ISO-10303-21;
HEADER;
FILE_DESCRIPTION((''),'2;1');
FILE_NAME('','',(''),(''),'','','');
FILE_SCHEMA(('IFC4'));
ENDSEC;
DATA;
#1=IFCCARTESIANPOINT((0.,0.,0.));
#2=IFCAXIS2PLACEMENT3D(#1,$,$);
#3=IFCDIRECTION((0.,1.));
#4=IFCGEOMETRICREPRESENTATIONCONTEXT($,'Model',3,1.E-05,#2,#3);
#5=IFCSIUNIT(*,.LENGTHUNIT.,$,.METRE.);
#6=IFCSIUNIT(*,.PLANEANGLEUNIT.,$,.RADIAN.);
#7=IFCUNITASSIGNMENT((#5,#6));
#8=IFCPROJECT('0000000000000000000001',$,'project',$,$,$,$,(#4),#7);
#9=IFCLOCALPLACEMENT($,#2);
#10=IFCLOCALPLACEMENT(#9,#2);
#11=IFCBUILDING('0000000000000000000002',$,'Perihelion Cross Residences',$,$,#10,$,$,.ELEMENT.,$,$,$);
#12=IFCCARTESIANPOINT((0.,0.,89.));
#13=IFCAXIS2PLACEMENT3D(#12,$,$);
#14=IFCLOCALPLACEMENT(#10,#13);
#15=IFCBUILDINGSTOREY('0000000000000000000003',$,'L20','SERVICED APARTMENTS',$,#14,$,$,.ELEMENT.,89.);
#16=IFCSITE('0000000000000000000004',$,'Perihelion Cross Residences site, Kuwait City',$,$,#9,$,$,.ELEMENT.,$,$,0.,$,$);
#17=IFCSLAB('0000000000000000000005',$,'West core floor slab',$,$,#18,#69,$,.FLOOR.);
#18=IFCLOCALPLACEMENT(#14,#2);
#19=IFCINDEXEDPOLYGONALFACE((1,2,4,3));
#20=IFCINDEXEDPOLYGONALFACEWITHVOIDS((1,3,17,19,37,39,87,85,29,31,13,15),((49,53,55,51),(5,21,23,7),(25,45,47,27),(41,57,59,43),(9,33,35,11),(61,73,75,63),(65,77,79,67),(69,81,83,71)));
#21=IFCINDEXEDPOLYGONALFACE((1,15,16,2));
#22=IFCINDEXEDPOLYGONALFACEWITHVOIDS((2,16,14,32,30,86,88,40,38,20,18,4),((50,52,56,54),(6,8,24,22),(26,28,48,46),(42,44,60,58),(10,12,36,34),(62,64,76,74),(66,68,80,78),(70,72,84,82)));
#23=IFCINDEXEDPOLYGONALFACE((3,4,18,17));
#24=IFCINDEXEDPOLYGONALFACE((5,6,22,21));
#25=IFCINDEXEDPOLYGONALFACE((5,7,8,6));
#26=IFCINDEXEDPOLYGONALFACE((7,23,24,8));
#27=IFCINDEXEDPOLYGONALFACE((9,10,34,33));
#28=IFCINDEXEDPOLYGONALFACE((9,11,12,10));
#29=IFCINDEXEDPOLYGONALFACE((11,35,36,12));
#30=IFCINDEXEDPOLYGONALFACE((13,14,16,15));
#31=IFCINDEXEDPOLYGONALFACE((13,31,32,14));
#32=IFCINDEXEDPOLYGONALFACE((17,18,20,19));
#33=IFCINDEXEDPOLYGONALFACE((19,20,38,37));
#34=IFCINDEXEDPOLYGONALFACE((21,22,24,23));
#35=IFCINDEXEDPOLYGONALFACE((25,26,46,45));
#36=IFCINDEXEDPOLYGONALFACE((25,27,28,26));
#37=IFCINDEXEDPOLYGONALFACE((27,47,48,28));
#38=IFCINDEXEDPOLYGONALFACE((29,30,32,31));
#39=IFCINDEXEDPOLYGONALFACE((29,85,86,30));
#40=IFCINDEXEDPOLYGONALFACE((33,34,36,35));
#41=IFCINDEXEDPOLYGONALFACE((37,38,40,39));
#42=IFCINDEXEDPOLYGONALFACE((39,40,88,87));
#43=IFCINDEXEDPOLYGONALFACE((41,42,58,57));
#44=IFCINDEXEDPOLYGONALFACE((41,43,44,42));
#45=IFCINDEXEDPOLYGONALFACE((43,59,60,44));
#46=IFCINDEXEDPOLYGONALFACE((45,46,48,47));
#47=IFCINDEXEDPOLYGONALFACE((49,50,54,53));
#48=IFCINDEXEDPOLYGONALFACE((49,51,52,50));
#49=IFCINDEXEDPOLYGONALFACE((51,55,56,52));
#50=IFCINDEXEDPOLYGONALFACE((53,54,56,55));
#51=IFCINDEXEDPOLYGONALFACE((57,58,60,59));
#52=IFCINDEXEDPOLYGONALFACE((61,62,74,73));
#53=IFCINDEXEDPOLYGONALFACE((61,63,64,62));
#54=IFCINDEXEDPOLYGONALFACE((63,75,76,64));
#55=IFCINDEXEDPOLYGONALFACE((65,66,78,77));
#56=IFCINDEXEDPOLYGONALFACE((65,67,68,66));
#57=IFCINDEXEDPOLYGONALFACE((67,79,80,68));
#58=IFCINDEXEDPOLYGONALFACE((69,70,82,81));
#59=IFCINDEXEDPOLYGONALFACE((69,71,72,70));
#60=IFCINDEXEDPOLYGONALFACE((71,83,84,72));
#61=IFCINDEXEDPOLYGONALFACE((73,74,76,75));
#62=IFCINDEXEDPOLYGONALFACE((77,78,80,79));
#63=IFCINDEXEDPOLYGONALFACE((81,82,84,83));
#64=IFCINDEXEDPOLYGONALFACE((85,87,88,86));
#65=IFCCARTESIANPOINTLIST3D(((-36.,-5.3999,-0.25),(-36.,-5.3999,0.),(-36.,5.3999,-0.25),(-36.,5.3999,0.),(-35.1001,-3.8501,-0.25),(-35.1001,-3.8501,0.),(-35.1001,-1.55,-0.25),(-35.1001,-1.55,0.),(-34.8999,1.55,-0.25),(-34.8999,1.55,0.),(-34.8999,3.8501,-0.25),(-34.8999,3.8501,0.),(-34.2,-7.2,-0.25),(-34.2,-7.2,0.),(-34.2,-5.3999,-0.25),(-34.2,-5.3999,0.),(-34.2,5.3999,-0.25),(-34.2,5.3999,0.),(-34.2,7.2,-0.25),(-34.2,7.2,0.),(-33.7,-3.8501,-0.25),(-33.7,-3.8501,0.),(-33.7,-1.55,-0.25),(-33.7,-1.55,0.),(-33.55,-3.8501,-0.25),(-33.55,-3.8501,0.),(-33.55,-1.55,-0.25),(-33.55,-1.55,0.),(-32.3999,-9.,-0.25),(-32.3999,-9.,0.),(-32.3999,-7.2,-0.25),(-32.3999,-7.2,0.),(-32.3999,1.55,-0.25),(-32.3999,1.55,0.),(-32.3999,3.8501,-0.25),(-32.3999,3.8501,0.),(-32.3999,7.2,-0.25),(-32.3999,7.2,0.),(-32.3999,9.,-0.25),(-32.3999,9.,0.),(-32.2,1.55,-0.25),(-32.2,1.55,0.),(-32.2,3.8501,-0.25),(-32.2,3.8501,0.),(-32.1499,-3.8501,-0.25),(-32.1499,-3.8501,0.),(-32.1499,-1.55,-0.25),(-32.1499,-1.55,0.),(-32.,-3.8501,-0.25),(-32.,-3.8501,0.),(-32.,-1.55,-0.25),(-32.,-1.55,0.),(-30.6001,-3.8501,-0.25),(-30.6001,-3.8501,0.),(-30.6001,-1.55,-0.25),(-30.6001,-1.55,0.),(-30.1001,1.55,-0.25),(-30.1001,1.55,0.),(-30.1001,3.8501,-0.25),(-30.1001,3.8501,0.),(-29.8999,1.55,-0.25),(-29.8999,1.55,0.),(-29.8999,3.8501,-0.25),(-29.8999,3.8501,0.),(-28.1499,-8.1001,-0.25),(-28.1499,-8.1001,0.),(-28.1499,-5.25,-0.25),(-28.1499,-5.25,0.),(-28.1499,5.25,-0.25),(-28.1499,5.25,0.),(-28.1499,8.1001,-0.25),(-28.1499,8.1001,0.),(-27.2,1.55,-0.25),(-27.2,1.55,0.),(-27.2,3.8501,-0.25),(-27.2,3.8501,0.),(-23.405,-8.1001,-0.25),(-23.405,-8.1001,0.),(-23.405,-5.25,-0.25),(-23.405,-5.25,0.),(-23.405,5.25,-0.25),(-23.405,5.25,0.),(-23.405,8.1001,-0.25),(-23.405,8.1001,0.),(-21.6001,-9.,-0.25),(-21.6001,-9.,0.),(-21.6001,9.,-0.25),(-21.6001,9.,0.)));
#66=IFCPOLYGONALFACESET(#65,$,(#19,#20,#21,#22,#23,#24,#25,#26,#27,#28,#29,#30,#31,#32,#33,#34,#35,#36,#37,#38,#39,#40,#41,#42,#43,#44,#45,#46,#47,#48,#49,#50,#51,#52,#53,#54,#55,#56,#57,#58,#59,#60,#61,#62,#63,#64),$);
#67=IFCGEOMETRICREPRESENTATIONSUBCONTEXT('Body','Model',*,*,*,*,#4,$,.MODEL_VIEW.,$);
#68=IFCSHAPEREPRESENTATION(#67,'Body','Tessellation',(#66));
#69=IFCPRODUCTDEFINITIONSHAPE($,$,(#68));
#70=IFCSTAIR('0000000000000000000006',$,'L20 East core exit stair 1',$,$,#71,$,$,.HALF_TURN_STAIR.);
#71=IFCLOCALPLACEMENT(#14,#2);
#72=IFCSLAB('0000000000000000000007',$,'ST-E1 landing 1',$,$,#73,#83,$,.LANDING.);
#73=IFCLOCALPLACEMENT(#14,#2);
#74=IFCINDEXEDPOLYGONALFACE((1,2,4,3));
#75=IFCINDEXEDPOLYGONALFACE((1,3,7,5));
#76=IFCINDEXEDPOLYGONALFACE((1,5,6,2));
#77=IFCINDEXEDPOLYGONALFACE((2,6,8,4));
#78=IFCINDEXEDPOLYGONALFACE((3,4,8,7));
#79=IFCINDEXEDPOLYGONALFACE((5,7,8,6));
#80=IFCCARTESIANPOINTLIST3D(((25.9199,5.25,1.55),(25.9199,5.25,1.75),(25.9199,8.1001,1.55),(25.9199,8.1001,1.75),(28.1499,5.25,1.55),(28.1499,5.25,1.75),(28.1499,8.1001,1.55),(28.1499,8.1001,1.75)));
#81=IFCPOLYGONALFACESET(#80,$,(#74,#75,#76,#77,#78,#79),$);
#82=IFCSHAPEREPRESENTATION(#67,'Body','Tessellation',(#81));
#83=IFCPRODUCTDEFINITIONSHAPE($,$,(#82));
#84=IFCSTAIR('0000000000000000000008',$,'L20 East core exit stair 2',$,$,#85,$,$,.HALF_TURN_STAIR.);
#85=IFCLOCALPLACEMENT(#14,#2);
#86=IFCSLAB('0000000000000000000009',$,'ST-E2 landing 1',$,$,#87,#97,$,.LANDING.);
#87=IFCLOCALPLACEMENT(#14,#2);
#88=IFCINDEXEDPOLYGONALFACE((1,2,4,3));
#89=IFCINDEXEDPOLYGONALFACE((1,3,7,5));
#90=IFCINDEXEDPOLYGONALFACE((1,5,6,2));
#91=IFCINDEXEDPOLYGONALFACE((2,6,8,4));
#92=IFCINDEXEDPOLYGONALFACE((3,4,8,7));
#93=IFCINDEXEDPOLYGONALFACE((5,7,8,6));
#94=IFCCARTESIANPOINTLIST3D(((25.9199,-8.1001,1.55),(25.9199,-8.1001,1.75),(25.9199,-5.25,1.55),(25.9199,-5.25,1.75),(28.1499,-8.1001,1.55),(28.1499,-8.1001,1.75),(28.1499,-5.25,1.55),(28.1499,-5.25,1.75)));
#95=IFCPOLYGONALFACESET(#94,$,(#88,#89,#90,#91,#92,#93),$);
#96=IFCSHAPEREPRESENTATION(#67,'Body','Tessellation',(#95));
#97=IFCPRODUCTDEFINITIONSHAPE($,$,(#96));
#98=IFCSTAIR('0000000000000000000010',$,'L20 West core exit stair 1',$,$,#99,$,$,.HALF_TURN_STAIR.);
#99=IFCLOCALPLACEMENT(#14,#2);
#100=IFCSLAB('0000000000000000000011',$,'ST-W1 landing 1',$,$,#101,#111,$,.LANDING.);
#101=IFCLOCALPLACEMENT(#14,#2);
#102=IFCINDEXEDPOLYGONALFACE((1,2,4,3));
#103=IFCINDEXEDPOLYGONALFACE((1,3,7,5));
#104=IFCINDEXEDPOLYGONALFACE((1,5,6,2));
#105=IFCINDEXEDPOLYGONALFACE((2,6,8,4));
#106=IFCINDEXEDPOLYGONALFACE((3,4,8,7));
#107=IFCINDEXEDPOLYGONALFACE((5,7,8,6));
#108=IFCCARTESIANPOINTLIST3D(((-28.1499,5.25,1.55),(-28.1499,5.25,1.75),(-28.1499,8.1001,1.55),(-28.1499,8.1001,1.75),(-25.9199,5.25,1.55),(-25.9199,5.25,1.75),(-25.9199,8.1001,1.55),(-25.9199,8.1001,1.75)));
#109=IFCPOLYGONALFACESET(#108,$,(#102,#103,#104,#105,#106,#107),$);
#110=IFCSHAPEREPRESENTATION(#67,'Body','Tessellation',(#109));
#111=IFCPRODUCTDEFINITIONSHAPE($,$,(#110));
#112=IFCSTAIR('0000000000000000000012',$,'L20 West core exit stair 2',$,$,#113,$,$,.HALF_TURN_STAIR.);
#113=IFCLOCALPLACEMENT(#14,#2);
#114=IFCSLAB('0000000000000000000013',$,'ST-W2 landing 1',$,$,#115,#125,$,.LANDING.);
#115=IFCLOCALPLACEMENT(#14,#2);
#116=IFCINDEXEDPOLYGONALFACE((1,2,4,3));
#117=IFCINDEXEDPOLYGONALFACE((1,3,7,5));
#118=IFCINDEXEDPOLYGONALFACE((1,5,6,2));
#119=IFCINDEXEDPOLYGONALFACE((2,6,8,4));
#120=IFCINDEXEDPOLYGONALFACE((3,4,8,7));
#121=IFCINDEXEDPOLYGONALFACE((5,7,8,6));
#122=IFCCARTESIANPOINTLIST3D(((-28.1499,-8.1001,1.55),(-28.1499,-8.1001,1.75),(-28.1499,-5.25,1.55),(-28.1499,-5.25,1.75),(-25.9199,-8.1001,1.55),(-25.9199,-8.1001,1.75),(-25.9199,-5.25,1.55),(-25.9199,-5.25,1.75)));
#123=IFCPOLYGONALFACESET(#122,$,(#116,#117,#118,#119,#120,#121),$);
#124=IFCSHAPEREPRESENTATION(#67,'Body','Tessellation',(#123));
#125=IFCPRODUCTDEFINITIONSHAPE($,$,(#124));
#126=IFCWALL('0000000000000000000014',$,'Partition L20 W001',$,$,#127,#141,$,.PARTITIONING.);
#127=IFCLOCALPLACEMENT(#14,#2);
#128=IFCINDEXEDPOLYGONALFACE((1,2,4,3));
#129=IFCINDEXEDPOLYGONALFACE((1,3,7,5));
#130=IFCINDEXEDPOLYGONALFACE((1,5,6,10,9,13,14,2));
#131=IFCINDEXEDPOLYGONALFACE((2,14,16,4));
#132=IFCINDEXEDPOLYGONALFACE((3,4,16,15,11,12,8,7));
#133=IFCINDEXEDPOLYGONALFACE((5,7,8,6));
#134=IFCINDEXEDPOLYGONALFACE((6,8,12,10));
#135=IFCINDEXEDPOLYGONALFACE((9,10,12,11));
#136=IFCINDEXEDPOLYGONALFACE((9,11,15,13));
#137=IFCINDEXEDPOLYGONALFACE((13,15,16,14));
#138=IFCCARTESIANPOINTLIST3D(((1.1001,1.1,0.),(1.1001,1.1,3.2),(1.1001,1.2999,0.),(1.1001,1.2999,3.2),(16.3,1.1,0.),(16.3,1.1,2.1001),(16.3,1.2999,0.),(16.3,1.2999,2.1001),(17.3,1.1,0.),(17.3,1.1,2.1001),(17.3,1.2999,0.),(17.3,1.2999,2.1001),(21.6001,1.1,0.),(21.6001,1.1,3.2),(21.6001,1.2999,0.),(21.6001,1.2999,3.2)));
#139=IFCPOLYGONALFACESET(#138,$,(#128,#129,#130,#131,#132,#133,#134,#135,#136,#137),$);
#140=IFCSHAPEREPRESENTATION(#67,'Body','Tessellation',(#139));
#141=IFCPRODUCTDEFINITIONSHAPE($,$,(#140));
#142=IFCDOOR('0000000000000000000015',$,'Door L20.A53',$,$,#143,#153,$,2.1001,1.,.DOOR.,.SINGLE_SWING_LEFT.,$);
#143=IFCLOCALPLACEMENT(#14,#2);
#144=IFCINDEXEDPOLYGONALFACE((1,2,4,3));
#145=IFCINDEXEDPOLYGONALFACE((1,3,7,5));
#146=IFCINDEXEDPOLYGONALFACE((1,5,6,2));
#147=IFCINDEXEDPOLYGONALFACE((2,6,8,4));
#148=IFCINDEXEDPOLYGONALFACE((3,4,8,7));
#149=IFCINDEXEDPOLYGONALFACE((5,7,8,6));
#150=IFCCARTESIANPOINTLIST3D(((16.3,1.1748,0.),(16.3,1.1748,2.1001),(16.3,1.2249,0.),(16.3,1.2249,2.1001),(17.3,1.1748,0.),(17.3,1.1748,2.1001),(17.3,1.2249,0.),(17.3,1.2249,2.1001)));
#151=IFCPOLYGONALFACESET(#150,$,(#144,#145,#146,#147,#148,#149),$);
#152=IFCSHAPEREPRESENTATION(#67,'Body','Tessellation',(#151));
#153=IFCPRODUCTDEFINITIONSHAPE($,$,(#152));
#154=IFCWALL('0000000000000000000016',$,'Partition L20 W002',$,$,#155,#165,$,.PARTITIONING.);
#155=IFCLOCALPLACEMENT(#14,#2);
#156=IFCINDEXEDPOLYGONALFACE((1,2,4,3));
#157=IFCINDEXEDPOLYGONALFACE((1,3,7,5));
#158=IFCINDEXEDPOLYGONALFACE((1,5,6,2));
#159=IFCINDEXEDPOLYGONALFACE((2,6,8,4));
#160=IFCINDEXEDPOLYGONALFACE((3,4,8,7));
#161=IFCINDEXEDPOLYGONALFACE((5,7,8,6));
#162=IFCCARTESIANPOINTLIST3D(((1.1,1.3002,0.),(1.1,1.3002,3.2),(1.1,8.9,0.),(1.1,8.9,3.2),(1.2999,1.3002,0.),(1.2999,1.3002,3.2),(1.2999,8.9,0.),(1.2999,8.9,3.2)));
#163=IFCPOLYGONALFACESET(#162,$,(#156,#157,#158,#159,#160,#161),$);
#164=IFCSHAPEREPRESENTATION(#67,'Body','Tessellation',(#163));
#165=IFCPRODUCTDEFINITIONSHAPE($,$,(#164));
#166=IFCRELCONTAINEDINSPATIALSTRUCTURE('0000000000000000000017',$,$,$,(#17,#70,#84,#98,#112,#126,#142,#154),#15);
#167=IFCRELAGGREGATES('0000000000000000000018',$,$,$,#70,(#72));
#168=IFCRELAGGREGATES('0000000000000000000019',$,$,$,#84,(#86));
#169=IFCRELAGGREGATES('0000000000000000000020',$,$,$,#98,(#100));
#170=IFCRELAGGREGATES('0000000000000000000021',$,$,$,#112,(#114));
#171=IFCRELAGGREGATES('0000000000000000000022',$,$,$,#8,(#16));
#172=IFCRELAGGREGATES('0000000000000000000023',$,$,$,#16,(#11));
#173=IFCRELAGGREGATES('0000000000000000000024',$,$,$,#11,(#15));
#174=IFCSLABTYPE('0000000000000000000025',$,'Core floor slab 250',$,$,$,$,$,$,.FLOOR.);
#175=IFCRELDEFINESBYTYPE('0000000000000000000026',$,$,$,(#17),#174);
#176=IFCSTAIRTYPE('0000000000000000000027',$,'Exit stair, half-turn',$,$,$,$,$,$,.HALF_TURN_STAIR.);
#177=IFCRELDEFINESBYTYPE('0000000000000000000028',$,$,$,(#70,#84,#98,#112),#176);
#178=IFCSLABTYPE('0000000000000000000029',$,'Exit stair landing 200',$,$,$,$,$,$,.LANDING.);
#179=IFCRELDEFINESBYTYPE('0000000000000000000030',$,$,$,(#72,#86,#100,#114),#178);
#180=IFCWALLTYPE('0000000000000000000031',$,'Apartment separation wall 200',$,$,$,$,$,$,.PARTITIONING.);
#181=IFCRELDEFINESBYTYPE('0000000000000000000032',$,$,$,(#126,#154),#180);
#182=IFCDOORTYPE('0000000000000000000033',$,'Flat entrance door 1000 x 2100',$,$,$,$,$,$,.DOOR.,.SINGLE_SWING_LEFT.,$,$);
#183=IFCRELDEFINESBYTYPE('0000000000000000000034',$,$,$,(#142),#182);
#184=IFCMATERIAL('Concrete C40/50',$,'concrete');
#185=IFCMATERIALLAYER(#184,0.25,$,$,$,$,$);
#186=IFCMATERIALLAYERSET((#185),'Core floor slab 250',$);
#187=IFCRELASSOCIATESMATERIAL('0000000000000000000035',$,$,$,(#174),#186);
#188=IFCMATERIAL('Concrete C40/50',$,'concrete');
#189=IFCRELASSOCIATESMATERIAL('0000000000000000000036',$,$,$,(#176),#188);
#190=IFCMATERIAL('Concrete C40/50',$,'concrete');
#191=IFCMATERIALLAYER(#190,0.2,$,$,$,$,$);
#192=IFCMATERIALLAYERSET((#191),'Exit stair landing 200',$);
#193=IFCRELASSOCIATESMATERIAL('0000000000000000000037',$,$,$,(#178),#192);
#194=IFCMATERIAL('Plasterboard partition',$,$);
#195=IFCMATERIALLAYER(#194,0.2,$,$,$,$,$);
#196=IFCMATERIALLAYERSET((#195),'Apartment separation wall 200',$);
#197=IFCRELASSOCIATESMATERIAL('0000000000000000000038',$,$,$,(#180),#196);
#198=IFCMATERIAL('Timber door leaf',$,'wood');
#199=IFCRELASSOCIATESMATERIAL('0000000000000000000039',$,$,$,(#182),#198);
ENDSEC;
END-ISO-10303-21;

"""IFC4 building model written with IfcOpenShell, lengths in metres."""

from ifc_helpers import new_model, si_unit, direction, frame, frame_2d, origin, place, context, subcontext, project, spatial, polyline, rectangle, outline, extrude, material, layer, layer_set, type_object, element, fill, aggregate, save


model = new_model("IFC4")

# Units and contexts
model_context = context("Model", 3, precision=1e-05, world=origin(), true_north=direction((0.0, 1.0)))
body_context = subcontext(model_context, "Body", "Model", "MODEL_VIEW")
ifc_project = project(units=[si_unit("LENGTHUNIT", "METRE"), si_unit("PLANEANGLEUNIT", "RADIAN")], contexts=[model_context])

# Site, building, storey
site_placement = place(None, origin())
site = spatial("IfcSite", under=ifc_project, at=site_placement, Name="Perihelion Cross Residences site, Kuwait City", CompositionType="ELEMENT", RefElevation=0.0)
building_placement = place(site_placement, origin())
building = spatial("IfcBuilding", under=site, at=building_placement, Name="Perihelion Cross Residences", CompositionType="ELEMENT")
storey_placement = place(building_placement, frame((0.0, 0.0, 89.0)))
storey = spatial("IfcBuildingStorey", under=building, at=storey_placement, Name="L20", Description="SERVICED APARTMENTS", CompositionType="ELEMENT", Elevation=89.0)

# Slab
ifc_material_1 = material(Name="Concrete C40/50", Category="concrete")
ifc_layer_1 = layer(ifc_material_1, 0.25)
ifc_layer_set_1 = layer_set([ifc_layer_1], Name="Core floor slab 250")
slab_type_1 = type_object("IfcSlabType", Name="Core floor slab 250", PredefinedType="FLOOR", material=ifc_layer_set_1)
slab_1_placement = place(storey_placement, frame((0.0, 0.0, -0.25)))
element("IfcSlab", 1, at=slab_1_placement, inside=storey, type_object=slab_type_1, Name="West core floor slab", PredefinedType="FLOOR", context=body_context, shape_type="SweptSolid", body=[
    extrude(outline(polyline([(-32.3999, 7.2), (-34.2, 7.2), (-34.2, 5.3999), (-36.0, 5.3999), (-36.0, -5.3999), (-34.2, -5.3999), (-34.2, -7.2), (-32.3999, -7.2), (-32.3999, -9.0), (-21.6001, -9.0), (-21.6001, 9.0), (-32.3999, 9.0), (-32.3999, 7.2)]), holes=[polyline([(-23.405, -8.1001), (-28.1499, -8.1001), (-28.1499, -5.25), (-23.405, -5.25), (-23.405, -8.1001)]), polyline([(-30.6001, -1.55), (-30.6001, -3.8501), (-32.0, -3.8501), (-32.0, -1.55), (-30.6001, -1.55)]), polyline([(-32.1499, -1.55), (-32.1499, -3.8501), (-33.55, -3.8501), (-33.55, -1.55), (-32.1499, -1.55)]), polyline([(-33.7, -1.55), (-33.7, -3.8501), (-35.1001, -3.8501), (-35.1001, -1.55), (-33.7, -1.55)]), polyline([(-27.2, 3.8501), (-27.2, 1.55), (-29.8999, 1.55), (-29.8999, 3.8501), (-27.2, 3.8501)]), polyline([(-30.1001, 3.8501), (-30.1001, 1.55), (-32.2, 1.55), (-32.2, 3.8501), (-30.1001, 3.8501)]), polyline([(-32.3999, 3.8501), (-32.3999, 1.55), (-34.8999, 1.55), (-34.8999, 3.8501), (-32.3999, 3.8501)]), polyline([(-23.405, 5.25), (-28.1499, 5.25), (-28.1499, 8.1001), (-23.405, 8.1001), (-23.405, 5.25)])]), origin(), (0.0, 0.0, 1.0), 0.25),
])

# Stairs, slabs
ifc_material_2 = material(Name="Concrete C40/50", Category="concrete")
stair_type = type_object("IfcStairType", Name="Exit stair, half-turn", PredefinedType="HALF_TURN_STAIR", material=ifc_material_2)
stair_1_placement = place(storey_placement, origin())
stair_1 = element("IfcStair", 2, at=stair_1_placement, inside=storey, type_object=stair_type, Name="L20 East core exit stair 1", PredefinedType="HALF_TURN_STAIR")
ifc_material_3 = material(Name="Concrete C40/50", Category="concrete")
ifc_layer_2 = layer(ifc_material_3, 0.2)
ifc_layer_set_2 = layer_set([ifc_layer_2], Name="Exit stair landing 200")
slab_type_2 = type_object("IfcSlabType", Name="Exit stair landing 200", PredefinedType="LANDING", material=ifc_layer_set_2)
slab_2_placement = place(storey_placement, frame((0.0, 0.0, 1.55)))
slab_2 = element("IfcSlab", 3, at=slab_2_placement, type_object=slab_type_2, Name="ST-E1 landing 1", PredefinedType="LANDING", context=body_context, shape_type="SweptSolid", body=[
    extrude(outline(polyline([(25.9199, 5.25), (28.1499, 5.25), (28.1499, 8.1001), (25.9199, 8.1001), (25.9199, 5.25)])), origin(), (0.0, 0.0, 1.0), 0.2),
])
aggregate(stair_1, [slab_2])
stair_2_placement = place(storey_placement, origin())
stair_2 = element("IfcStair", 4, at=stair_2_placement, inside=storey, type_object=stair_type, Name="L20 East core exit stair 2", PredefinedType="HALF_TURN_STAIR")
slab_3_placement = place(storey_placement, frame((0.0, 0.0, 1.55)))
slab_3 = element("IfcSlab", 5, at=slab_3_placement, type_object=slab_type_2, Name="ST-E2 landing 1", PredefinedType="LANDING", context=body_context, shape_type="SweptSolid", body=[
    extrude(outline(polyline([(25.9199, -8.1001), (28.1499, -8.1001), (28.1499, -5.25), (25.9199, -5.25), (25.9199, -8.1001)])), origin(), (0.0, 0.0, 1.0), 0.2),
])
aggregate(stair_2, [slab_3])
stair_3_placement = place(storey_placement, origin())
stair_3 = element("IfcStair", 6, at=stair_3_placement, inside=storey, type_object=stair_type, Name="L20 West core exit stair 1", PredefinedType="HALF_TURN_STAIR")
slab_4_placement = place(storey_placement, frame((0.0, 0.0, 1.55)))
slab_4 = element("IfcSlab", 7, at=slab_4_placement, type_object=slab_type_2, Name="ST-W1 landing 1", PredefinedType="LANDING", context=body_context, shape_type="SweptSolid", body=[
    extrude(outline(polyline([(-25.9199, 8.1001), (-28.1499, 8.1001), (-28.1499, 5.25), (-25.9199, 5.25), (-25.9199, 8.1001)])), origin(), (0.0, 0.0, 1.0), 0.2),
])
aggregate(stair_3, [slab_4])
stair_4_placement = place(storey_placement, origin())
stair_4 = element("IfcStair", 8, at=stair_4_placement, inside=storey, type_object=stair_type, Name="L20 West core exit stair 2", PredefinedType="HALF_TURN_STAIR")
slab_5_placement = place(storey_placement, frame((0.0, 0.0, 1.55)))
slab_5 = element("IfcSlab", 9, at=slab_5_placement, type_object=slab_type_2, Name="ST-W2 landing 1", PredefinedType="LANDING", context=body_context, shape_type="SweptSolid", body=[
    extrude(outline(polyline([(-25.9199, -5.25), (-28.1499, -5.25), (-28.1499, -8.1001), (-25.9199, -8.1001), (-25.9199, -5.25)])), origin(), (0.0, 0.0, 1.0), 0.2),
])
aggregate(stair_4, [slab_5])

# Wall, opening, door
ifc_material_4 = material(Name="Plasterboard partition")
ifc_layer_3 = layer(ifc_material_4, 0.2)
ifc_layer_set_3 = layer_set([ifc_layer_3], Name="Apartment separation wall 200")
wall_type_1 = type_object("IfcWallType", Name="Apartment separation wall 200", PredefinedType="PARTITIONING", material=ifc_layer_set_3)
wall_1_placement = place(storey_placement, frame((1.1001, 1.2, 0.0), z_axis=(0.0, 0.0, 1.0), x_axis=(1.0, 0.0, 0.0)))
wall_1 = element("IfcWall", 10, at=wall_1_placement, inside=storey, type_object=wall_type_1, Name="Partition L20 W001", PredefinedType="PARTITIONING", context=body_context, shape_type="SweptSolid", body=[
    extrude(rectangle(XDim=20.5, YDim=0.2, at=frame_2d((10.25, 0.0))), origin(), (0.0, 0.0, 1.0), 3.2),
])
opening_1_placement = place(wall_1_placement, frame((15.2, 0.0, 0.0)))
opening_1 = element("IfcOpeningElement", 11, at=opening_1_placement, cuts=wall_1, PredefinedType="OPENING", context=body_context, shape_type="SweptSolid", body=[
    extrude(rectangle(XDim=1.0, YDim=2.1001, at=frame_2d((0.5, 1.05))), frame((0.0, 0.1099, 0.0), z_axis=(0.0, -1.0, 0.0), x_axis=(1.0, 0.0, 0.0)), (0.0, 0.0, 1.0), 0.22),
])
ifc_material_5 = material(Name="Timber door leaf", Category="wood")
door_type_1 = type_object("IfcDoorType", Name="Flat entrance door 1000 x 2100", OperationType="SINGLE_SWING_LEFT", PredefinedType="DOOR", material=ifc_material_5)
door_1_placement = place(opening_1_placement, origin())
door_1 = element("IfcDoor", 12, at=door_1_placement, inside=storey, type_object=door_type_1, Name="Door L20.A53", OperationType="SINGLE_SWING_LEFT", OverallHeight=2.1001, OverallWidth=1.0, PredefinedType="DOOR", context=body_context, shape_type="SweptSolid", body=[
    extrude(rectangle(XDim=1.0, YDim=2.1001, at=frame_2d((0.5, 1.05))), frame((0.0, 0.0249, 0.0), z_axis=(0.0, -1.0, 0.0), x_axis=(1.0, 0.0, 0.0)), (0.0, 0.0, 1.0), 0.05),
])
fill(opening_1, door_1)

# Wall
wall_2_placement = place(storey_placement, frame((1.2, 8.8999, 0.0), z_axis=(0.0, 0.0, 1.0), x_axis=(0.0, -1.0, 0.0)))
element("IfcWall", 13, at=wall_2_placement, inside=storey, type_object=wall_type_1, Name="Partition L20 W002", PredefinedType="PARTITIONING", context=body_context, shape_type="SweptSolid", body=[
    extrude(rectangle(XDim=7.5999, YDim=0.2, at=frame_2d((3.7998, 0.0))), origin(), (0.0, 0.0, 1.0), 3.2),
])

save(model, "model.ifc")
